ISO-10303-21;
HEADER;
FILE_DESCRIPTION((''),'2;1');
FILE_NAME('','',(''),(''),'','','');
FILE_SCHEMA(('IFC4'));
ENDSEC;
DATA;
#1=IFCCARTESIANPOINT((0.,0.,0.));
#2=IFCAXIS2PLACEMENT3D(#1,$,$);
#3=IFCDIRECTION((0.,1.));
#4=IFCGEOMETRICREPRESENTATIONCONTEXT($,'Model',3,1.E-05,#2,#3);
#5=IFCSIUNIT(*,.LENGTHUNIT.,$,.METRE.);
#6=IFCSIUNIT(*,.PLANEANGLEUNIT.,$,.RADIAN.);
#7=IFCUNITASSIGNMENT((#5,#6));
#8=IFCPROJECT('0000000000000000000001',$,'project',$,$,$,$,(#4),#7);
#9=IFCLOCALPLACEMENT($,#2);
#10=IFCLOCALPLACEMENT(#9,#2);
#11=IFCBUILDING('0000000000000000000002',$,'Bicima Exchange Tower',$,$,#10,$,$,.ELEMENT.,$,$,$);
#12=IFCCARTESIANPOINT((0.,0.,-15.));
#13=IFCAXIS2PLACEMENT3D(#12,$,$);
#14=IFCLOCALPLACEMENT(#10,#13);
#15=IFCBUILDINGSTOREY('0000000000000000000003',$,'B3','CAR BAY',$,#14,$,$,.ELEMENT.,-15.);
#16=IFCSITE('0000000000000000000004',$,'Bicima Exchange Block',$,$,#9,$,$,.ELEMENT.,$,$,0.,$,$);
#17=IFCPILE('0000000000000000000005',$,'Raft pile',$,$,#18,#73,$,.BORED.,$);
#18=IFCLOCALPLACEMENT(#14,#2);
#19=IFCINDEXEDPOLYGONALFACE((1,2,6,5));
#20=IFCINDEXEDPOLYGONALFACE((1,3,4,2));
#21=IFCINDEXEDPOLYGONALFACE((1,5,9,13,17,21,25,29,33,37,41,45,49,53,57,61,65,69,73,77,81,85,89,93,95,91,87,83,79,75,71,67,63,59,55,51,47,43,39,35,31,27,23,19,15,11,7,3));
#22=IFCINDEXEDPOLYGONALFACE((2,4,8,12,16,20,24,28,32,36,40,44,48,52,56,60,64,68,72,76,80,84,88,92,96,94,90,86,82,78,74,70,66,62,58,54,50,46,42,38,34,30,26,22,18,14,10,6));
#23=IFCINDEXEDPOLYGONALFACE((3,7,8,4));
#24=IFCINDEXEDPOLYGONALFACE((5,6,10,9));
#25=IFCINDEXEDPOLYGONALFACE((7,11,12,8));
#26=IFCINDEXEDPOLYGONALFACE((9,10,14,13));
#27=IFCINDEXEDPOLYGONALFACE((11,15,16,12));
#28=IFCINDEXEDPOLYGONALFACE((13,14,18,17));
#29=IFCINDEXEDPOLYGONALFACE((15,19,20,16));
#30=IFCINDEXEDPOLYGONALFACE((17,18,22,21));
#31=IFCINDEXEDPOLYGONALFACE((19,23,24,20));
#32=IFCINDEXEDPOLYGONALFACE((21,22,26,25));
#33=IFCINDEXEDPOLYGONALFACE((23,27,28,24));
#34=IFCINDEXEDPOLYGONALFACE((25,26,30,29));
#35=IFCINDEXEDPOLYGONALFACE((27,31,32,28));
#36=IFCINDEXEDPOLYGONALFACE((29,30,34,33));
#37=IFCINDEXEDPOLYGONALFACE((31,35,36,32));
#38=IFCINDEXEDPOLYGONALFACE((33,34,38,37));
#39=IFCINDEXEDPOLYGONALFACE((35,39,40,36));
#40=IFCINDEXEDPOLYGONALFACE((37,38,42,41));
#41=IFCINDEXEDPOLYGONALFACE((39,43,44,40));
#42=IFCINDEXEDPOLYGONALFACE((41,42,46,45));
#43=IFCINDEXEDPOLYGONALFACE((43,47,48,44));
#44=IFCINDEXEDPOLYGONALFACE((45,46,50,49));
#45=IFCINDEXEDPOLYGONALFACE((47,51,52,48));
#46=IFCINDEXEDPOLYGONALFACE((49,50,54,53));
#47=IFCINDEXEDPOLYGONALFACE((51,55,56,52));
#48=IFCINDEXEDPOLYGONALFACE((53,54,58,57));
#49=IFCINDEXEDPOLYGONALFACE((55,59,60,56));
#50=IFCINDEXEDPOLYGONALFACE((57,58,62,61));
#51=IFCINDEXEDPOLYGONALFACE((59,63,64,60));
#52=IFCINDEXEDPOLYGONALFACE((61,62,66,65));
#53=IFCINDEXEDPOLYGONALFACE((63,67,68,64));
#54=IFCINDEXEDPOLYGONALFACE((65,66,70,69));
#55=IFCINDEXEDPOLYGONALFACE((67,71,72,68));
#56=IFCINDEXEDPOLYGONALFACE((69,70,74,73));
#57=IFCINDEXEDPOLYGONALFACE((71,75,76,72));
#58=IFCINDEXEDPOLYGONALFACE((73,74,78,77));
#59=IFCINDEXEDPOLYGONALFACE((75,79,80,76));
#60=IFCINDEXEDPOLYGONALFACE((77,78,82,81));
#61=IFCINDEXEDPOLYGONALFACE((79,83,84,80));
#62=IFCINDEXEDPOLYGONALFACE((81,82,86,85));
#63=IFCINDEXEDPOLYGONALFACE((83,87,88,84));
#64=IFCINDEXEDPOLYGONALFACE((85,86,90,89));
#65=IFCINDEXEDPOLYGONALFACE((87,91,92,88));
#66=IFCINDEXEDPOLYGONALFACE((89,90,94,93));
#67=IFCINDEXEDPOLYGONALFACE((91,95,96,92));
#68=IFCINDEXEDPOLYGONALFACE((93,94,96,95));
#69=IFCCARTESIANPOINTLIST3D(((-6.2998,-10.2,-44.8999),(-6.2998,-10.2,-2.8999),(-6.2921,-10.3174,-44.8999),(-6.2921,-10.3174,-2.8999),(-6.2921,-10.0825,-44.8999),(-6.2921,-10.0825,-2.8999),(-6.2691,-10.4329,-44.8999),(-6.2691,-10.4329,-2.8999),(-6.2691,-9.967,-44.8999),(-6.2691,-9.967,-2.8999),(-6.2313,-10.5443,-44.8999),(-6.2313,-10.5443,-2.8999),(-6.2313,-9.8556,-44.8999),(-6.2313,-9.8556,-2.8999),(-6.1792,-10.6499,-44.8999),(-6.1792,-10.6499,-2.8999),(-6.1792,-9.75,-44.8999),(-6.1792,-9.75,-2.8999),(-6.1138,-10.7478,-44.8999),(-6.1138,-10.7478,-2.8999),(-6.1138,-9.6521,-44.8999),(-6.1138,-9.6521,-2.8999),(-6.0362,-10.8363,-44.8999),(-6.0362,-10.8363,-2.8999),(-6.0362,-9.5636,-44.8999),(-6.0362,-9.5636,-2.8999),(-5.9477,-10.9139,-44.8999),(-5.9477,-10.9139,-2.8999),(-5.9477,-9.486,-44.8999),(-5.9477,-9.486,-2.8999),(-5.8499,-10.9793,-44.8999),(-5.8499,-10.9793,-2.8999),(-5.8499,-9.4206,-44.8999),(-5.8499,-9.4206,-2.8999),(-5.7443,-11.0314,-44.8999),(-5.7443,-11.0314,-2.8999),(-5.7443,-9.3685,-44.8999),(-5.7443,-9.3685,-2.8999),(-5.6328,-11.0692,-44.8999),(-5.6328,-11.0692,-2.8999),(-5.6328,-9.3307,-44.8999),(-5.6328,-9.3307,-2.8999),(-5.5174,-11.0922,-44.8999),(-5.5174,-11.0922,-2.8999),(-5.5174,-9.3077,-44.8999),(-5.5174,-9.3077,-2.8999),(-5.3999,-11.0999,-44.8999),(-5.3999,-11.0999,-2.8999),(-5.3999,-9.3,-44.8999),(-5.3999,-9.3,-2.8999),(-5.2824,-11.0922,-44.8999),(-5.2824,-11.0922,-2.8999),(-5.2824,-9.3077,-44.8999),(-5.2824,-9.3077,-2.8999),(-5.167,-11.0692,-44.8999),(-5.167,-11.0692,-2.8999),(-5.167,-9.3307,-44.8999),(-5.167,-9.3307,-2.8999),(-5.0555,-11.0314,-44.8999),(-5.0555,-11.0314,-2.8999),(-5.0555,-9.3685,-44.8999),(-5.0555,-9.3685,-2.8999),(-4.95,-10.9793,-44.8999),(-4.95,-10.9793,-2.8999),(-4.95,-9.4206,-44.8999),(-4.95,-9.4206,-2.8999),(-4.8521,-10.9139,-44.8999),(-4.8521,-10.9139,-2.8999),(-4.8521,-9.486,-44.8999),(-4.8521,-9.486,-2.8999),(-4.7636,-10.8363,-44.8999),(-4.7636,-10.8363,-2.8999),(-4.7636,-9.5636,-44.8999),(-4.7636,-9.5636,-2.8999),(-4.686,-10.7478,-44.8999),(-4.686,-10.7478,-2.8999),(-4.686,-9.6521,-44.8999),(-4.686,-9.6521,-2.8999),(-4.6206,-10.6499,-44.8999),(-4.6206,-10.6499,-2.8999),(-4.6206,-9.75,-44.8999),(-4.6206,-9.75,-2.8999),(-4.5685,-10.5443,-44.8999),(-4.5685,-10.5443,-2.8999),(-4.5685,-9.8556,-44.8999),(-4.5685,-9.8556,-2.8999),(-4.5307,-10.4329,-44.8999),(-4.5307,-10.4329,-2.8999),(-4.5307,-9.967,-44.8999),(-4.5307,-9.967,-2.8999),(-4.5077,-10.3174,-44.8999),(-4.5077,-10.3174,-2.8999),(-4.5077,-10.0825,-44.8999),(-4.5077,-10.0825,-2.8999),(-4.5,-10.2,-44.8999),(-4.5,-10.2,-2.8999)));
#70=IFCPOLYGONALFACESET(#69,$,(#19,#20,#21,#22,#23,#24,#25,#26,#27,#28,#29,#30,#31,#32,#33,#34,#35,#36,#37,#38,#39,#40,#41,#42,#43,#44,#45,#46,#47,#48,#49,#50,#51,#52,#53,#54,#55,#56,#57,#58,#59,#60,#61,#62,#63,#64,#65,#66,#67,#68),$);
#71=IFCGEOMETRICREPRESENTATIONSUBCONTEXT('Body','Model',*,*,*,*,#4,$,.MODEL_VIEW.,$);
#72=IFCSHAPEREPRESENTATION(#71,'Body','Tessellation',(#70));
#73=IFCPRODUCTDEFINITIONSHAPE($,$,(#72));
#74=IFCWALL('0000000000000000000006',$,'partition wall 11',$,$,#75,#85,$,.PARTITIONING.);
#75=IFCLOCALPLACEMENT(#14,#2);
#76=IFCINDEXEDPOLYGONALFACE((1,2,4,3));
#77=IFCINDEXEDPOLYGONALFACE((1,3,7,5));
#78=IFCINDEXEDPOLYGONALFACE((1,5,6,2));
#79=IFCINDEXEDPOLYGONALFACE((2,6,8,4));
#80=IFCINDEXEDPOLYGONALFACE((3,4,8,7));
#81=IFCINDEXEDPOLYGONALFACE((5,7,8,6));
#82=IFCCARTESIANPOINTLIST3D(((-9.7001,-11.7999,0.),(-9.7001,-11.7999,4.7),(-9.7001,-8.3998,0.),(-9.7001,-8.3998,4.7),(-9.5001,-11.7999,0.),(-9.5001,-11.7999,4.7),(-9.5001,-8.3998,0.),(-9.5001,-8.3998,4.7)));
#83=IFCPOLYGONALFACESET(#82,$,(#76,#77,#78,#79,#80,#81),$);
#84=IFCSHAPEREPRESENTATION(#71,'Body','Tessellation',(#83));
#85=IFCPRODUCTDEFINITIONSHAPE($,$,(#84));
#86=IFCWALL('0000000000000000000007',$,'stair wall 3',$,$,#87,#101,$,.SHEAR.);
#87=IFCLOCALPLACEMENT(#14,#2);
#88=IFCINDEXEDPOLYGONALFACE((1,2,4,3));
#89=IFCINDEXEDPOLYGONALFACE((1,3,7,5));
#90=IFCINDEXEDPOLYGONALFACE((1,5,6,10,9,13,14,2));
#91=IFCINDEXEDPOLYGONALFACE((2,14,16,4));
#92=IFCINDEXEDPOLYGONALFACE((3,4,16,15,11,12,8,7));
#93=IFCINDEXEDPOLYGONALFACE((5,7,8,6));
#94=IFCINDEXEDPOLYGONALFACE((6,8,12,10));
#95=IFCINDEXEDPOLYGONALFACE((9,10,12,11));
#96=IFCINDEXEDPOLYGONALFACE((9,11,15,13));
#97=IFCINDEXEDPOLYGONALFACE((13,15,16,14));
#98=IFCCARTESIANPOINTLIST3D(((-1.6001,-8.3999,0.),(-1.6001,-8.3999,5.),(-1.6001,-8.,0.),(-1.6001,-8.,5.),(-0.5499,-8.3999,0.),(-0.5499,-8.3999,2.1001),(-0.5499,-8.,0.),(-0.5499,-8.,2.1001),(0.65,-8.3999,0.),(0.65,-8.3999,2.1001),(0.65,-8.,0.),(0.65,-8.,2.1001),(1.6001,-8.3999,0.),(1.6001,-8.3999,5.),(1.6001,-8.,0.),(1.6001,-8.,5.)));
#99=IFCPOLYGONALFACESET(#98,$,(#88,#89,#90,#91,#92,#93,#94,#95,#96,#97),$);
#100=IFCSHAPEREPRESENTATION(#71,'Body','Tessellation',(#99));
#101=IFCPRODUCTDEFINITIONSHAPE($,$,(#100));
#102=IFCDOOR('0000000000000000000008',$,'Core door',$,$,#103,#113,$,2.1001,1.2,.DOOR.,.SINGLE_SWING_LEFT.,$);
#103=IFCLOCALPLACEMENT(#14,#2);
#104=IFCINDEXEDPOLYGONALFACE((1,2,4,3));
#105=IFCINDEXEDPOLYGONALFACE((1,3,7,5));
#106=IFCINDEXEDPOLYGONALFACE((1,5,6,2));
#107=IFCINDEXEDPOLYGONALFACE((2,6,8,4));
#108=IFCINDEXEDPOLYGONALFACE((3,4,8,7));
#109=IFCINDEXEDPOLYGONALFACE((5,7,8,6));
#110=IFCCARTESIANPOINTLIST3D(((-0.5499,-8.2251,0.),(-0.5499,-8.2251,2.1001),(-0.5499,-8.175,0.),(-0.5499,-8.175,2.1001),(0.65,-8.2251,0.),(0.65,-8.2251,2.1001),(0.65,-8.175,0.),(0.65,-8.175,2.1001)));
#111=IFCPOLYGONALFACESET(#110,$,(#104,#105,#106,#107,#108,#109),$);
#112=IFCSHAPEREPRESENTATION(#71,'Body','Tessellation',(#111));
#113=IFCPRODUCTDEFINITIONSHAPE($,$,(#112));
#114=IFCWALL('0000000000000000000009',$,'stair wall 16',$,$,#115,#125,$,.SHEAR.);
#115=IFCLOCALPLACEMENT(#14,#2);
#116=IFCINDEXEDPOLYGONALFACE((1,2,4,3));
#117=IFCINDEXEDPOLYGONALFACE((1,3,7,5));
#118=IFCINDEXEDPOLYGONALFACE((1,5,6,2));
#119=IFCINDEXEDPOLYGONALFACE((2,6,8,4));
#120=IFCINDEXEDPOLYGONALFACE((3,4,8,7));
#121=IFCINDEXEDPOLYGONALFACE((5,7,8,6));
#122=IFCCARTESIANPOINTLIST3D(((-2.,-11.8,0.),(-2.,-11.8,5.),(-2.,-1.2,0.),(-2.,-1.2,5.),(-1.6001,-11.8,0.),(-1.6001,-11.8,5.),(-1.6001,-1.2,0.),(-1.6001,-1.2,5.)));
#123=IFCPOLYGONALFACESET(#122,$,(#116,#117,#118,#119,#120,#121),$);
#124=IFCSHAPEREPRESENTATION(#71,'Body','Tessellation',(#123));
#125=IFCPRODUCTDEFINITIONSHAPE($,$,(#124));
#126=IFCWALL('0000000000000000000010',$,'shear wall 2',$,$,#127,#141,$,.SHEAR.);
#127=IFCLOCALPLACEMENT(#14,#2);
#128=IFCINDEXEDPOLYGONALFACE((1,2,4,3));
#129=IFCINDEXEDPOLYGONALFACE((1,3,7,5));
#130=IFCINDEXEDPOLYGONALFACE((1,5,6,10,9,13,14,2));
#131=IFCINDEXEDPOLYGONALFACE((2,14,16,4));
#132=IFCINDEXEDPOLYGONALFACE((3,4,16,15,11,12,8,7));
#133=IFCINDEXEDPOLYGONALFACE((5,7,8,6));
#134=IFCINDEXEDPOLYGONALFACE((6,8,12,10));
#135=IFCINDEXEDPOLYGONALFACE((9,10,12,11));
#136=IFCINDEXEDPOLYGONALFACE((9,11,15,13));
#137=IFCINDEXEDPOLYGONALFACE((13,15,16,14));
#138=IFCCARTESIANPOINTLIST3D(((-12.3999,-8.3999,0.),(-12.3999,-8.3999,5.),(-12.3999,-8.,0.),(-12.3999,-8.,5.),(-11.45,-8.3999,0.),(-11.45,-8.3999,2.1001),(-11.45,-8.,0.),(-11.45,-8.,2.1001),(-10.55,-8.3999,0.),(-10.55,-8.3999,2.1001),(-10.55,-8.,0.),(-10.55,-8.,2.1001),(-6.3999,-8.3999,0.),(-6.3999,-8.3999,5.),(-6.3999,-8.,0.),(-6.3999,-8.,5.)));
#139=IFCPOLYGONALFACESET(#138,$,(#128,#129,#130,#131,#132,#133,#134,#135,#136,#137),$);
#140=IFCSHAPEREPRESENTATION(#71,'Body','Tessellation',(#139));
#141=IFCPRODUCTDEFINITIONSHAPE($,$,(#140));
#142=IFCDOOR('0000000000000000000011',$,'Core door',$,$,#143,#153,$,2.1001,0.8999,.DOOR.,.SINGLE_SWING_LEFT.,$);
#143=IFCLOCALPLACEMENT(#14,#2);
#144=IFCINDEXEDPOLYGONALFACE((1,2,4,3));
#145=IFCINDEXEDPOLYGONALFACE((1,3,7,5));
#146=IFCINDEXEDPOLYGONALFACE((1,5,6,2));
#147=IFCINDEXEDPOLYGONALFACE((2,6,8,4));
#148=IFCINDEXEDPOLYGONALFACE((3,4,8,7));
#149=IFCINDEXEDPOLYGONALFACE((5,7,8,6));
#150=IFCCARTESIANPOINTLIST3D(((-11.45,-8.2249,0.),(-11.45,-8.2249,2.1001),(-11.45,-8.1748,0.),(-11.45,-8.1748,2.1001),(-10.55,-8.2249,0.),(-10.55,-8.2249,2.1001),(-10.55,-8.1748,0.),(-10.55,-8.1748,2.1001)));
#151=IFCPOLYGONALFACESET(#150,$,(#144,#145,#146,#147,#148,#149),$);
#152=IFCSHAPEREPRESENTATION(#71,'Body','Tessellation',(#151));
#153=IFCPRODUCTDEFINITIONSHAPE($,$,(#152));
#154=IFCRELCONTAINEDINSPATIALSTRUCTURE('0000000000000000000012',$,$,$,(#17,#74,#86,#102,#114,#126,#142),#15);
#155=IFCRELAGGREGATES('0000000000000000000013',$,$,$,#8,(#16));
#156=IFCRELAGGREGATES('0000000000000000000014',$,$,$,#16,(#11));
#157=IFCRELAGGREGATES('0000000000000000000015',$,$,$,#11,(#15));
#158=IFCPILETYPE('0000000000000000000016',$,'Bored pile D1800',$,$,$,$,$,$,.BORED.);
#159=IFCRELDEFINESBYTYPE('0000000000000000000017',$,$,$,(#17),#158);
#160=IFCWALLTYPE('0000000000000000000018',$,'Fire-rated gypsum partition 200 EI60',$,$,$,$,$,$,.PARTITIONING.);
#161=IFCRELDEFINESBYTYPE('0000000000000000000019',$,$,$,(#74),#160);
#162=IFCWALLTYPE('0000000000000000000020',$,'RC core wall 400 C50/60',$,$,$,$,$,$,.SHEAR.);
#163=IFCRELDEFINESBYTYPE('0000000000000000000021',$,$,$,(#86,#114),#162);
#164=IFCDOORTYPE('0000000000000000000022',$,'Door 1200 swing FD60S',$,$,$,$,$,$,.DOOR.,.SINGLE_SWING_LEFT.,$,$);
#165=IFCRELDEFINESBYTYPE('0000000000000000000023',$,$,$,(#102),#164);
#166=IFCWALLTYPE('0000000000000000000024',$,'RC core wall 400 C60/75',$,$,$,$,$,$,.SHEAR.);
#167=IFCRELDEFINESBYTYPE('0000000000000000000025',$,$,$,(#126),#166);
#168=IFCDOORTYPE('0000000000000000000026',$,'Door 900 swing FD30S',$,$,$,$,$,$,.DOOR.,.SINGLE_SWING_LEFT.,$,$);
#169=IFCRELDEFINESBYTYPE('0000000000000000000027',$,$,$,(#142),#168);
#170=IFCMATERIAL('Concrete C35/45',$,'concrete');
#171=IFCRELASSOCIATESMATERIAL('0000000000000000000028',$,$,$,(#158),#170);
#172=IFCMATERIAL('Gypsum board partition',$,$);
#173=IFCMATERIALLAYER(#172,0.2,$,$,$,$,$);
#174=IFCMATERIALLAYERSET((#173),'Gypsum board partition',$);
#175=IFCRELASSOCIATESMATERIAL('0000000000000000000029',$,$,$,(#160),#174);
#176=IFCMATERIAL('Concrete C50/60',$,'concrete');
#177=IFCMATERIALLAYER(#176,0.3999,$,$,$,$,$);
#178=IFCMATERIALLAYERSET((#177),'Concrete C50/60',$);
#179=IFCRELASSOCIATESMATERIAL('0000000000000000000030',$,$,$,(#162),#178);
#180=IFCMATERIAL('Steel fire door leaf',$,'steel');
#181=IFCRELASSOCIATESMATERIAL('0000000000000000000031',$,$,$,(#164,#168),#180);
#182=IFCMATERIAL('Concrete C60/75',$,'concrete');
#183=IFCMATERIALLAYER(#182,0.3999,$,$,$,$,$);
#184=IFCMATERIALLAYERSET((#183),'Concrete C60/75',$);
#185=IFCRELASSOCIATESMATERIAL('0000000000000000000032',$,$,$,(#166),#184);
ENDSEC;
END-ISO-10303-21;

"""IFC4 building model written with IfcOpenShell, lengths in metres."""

from ifc_helpers import new_model, si_unit, direction, frame, frame_2d, origin, origin_2d, place, context, subcontext, project, spatial, rectangle, circle, extrude, material, layer, layer_set, material_profile, profile_set, type_object, element, fill, save


model = new_model("IFC4")

# Units and contexts
model_context = context("Model", 3, precision=1e-05, world=origin(), true_north=direction((0.0, 1.0)))
body_context = subcontext(model_context, "Body", "Model", "MODEL_VIEW")
ifc_project = project(units=[si_unit("LENGTHUNIT", "METRE"), si_unit("PLANEANGLEUNIT", "RADIAN")], contexts=[model_context])

# Site, building, storey
site_placement = place(None, origin())
site = spatial("IfcSite", under=ifc_project, at=site_placement, Name="Bicima Exchange Block", CompositionType="ELEMENT", RefElevation=0.0)
building_placement = place(site_placement, origin())
building = spatial("IfcBuilding", under=site, at=building_placement, Name="Bicima Exchange Tower", CompositionType="ELEMENT")
storey_placement = place(building_placement, frame((0.0, 0.0, -15.0)))
storey = spatial("IfcBuildingStorey", under=building, at=storey_placement, Name="B3", Description="CAR BAY", CompositionType="ELEMENT", Elevation=-15.0)

# Pile
ifc_material_1 = material(Name="Concrete C35/45", Category="concrete")
ifc_material_profile = material_profile(ifc_material_1, circle(Radius=0.8999, at=origin_2d()))
ifc_profile_set = profile_set([ifc_material_profile], Name="Concrete C35/45")
pile_type = type_object("IfcPileType", Name="Bored pile D1800", PredefinedType="BORED", material=ifc_profile_set)
for number, where, z_axis, x_axis, name in (
    (1, (-5.3999, -10.2, -2.8999), (0.0, 0.0, -1.0), (1.0, 0.0, 0.0), "Raft pile"),
):
    element("IfcPile", number, at=place(storey_placement, frame(where, z_axis=z_axis, x_axis=x_axis)), inside=storey, type_object=pile_type, Name=name, PredefinedType="BORED", context=body_context, shape_type="SweptSolid", body=[
        extrude(circle(Radius=0.8999, at=origin_2d()), origin(), (0.0, 0.0, 1.0), 42.0),
    ])

# Wall
ifc_material_2 = material(Name="Gypsum board partition")
ifc_layer_1 = layer(ifc_material_2, 0.2)
ifc_layer_set_1 = layer_set([ifc_layer_1], Name="Gypsum board partition")
wall_type_1 = type_object("IfcWallType", Name="Fire-rated gypsum partition 200 EI60", PredefinedType="PARTITIONING", material=ifc_layer_set_1)
wall_1_placement = place(storey_placement, frame((-9.6001, -11.8, 0.0), z_axis=(0.0, 0.0, 1.0), x_axis=(0.0, 1.0, 0.0)))
element("IfcWall", 2, at=wall_1_placement, inside=storey, type_object=wall_type_1, Name="partition wall 11", PredefinedType="PARTITIONING", context=body_context, shape_type="SweptSolid", body=[
    extrude(rectangle(XDim=3.4001, YDim=0.2, at=frame_2d((1.7002, 0.0))), origin(), (0.0, 0.0, 1.0), 4.7),
])

# Wall, opening, door
ifc_material_3 = material(Name="Concrete C50/60", Category="concrete")
ifc_layer_2 = layer(ifc_material_3, 0.3999)
ifc_layer_set_2 = layer_set([ifc_layer_2], Name="Concrete C50/60")
wall_type_2 = type_object("IfcWallType", Name="RC core wall 400 C50/60", PredefinedType="SHEAR", material=ifc_layer_set_2)
wall_2_placement = place(storey_placement, frame((-1.6001, -8.2, 0.0), z_axis=(0.0, 0.0, 1.0), x_axis=(1.0, 0.0, 0.0)))
wall_2 = element("IfcWall", 3, at=wall_2_placement, inside=storey, type_object=wall_type_2, Name="stair wall 3", PredefinedType="SHEAR", context=body_context, shape_type="SweptSolid", body=[
    extrude(rectangle(XDim=3.2002, YDim=0.3999, at=frame_2d((1.6001, 0.0))), origin(), (0.0, 0.0, 1.0), 5.0),
])
opening_1_placement = place(wall_2_placement, frame((1.05, 0.0, 0.0)))
opening_1 = element("IfcOpeningElement", 4, at=opening_1_placement, cuts=wall_2, PredefinedType="OPENING", context=body_context, shape_type="SweptSolid", body=[
    extrude(rectangle(XDim=1.2, YDim=2.1001, at=frame_2d((0.6001, 1.05))), frame((0.0, 0.2119, 0.0), z_axis=(0.0, -1.0, 0.0), x_axis=(1.0, 0.0, 0.0)), (0.0, 0.0, 1.0), 0.4238),
])
ifc_material_4 = material(Name="Steel fire door leaf", Category="steel")
door_type_1 = type_object("IfcDoorType", Name="Door 1200 swing FD60S", OperationType="SINGLE_SWING_LEFT", PredefinedType="DOOR", material=ifc_material_4)
door_1_placement = place(opening_1_placement, origin())
door_1 = element("IfcDoor", 5, at=door_1_placement, inside=storey, type_object=door_type_1, Name="Core door", OperationType="SINGLE_SWING_LEFT", OverallHeight=2.1001, OverallWidth=1.2, PredefinedType="DOOR", context=body_context, shape_type="SweptSolid", body=[
    extrude(rectangle(XDim=1.2, YDim=2.1001, at=frame_2d((0.6001, 1.05))), frame((0.0, 0.0249, 0.0), z_axis=(0.0, -1.0, 0.0), x_axis=(1.0, 0.0, 0.0)), (0.0, 0.0, 1.0), 0.05),
])
fill(opening_1, door_1)

# Wall
wall_3_placement = place(storey_placement, frame((-1.8, -11.8, 0.0), z_axis=(0.0, 0.0, 1.0), x_axis=(0.0, 1.0, 0.0)))
element("IfcWall", 6, at=wall_3_placement, inside=storey, type_object=wall_type_2, Name="stair wall 16", PredefinedType="SHEAR", context=body_context, shape_type="SweptSolid", body=[
    extrude(rectangle(XDim=10.6001, YDim=0.3999, at=frame_2d((5.3, 0.0))), origin(), (0.0, 0.0, 1.0), 5.0),
])

# Wall, opening, door
ifc_material_5 = material(Name="Concrete C60/75", Category="concrete")
ifc_layer_3 = layer(ifc_material_5, 0.3999)
ifc_layer_set_3 = layer_set([ifc_layer_3], Name="Concrete C60/75")
wall_type_3 = type_object("IfcWallType", Name="RC core wall 400 C60/75", PredefinedType="SHEAR", material=ifc_layer_set_3)
wall_4_placement = place(storey_placement, frame((-12.3999, -8.2, 0.0), z_axis=(0.0, 0.0, 1.0), x_axis=(1.0, 0.0, 0.0)))
wall_4 = element("IfcWall", 7, at=wall_4_placement, inside=storey, type_object=wall_type_3, Name="shear wall 2", PredefinedType="SHEAR", context=body_context, shape_type="SweptSolid", body=[
    extrude(rectangle(XDim=6.0, YDim=0.3999, at=frame_2d((3.0, 0.0))), origin(), (0.0, 0.0, 1.0), 5.0),
])
opening_2_placement = place(wall_4_placement, frame((0.95, 0.0, 0.0)))
opening_2 = element("IfcOpeningElement", 8, at=opening_2_placement, cuts=wall_4, PredefinedType="OPENING", context=body_context, shape_type="SweptSolid", body=[
    extrude(rectangle(XDim=0.8999, YDim=2.1001, at=frame_2d((0.45, 1.05))), frame((0.0, 0.2119, 0.0), z_axis=(0.0, -1.0, 0.0), x_axis=(1.0, 0.0, 0.0)), (0.0, 0.0, 1.0), 0.4238),
])
door_type_2 = type_object("IfcDoorType", Name="Door 900 swing FD30S", OperationType="SINGLE_SWING_LEFT", PredefinedType="DOOR", material=ifc_material_4)
door_2_placement = place(opening_2_placement, frame((0.8999, 0.0, 0.0), z_axis=(0.0, 0.0, 1.0), x_axis=(-1.0, 0.0, 0.0)))
door_2 = element("IfcDoor", 9, at=door_2_placement, inside=storey, type_object=door_type_2, Name="Core door", OperationType="SINGLE_SWING_LEFT", OverallHeight=2.1001, OverallWidth=0.8999, PredefinedType="DOOR", context=body_context, shape_type="SweptSolid", body=[
    extrude(rectangle(XDim=0.8999, YDim=2.1001, at=frame_2d((0.45, 1.05))), frame((0.0, 0.0249, 0.0), z_axis=(0.0, -1.0, 0.0), x_axis=(1.0, 0.0, 0.0)), (0.0, 0.0, 1.0), 0.05),
])
fill(opening_2, door_2)

save(model, "model.ifc")
